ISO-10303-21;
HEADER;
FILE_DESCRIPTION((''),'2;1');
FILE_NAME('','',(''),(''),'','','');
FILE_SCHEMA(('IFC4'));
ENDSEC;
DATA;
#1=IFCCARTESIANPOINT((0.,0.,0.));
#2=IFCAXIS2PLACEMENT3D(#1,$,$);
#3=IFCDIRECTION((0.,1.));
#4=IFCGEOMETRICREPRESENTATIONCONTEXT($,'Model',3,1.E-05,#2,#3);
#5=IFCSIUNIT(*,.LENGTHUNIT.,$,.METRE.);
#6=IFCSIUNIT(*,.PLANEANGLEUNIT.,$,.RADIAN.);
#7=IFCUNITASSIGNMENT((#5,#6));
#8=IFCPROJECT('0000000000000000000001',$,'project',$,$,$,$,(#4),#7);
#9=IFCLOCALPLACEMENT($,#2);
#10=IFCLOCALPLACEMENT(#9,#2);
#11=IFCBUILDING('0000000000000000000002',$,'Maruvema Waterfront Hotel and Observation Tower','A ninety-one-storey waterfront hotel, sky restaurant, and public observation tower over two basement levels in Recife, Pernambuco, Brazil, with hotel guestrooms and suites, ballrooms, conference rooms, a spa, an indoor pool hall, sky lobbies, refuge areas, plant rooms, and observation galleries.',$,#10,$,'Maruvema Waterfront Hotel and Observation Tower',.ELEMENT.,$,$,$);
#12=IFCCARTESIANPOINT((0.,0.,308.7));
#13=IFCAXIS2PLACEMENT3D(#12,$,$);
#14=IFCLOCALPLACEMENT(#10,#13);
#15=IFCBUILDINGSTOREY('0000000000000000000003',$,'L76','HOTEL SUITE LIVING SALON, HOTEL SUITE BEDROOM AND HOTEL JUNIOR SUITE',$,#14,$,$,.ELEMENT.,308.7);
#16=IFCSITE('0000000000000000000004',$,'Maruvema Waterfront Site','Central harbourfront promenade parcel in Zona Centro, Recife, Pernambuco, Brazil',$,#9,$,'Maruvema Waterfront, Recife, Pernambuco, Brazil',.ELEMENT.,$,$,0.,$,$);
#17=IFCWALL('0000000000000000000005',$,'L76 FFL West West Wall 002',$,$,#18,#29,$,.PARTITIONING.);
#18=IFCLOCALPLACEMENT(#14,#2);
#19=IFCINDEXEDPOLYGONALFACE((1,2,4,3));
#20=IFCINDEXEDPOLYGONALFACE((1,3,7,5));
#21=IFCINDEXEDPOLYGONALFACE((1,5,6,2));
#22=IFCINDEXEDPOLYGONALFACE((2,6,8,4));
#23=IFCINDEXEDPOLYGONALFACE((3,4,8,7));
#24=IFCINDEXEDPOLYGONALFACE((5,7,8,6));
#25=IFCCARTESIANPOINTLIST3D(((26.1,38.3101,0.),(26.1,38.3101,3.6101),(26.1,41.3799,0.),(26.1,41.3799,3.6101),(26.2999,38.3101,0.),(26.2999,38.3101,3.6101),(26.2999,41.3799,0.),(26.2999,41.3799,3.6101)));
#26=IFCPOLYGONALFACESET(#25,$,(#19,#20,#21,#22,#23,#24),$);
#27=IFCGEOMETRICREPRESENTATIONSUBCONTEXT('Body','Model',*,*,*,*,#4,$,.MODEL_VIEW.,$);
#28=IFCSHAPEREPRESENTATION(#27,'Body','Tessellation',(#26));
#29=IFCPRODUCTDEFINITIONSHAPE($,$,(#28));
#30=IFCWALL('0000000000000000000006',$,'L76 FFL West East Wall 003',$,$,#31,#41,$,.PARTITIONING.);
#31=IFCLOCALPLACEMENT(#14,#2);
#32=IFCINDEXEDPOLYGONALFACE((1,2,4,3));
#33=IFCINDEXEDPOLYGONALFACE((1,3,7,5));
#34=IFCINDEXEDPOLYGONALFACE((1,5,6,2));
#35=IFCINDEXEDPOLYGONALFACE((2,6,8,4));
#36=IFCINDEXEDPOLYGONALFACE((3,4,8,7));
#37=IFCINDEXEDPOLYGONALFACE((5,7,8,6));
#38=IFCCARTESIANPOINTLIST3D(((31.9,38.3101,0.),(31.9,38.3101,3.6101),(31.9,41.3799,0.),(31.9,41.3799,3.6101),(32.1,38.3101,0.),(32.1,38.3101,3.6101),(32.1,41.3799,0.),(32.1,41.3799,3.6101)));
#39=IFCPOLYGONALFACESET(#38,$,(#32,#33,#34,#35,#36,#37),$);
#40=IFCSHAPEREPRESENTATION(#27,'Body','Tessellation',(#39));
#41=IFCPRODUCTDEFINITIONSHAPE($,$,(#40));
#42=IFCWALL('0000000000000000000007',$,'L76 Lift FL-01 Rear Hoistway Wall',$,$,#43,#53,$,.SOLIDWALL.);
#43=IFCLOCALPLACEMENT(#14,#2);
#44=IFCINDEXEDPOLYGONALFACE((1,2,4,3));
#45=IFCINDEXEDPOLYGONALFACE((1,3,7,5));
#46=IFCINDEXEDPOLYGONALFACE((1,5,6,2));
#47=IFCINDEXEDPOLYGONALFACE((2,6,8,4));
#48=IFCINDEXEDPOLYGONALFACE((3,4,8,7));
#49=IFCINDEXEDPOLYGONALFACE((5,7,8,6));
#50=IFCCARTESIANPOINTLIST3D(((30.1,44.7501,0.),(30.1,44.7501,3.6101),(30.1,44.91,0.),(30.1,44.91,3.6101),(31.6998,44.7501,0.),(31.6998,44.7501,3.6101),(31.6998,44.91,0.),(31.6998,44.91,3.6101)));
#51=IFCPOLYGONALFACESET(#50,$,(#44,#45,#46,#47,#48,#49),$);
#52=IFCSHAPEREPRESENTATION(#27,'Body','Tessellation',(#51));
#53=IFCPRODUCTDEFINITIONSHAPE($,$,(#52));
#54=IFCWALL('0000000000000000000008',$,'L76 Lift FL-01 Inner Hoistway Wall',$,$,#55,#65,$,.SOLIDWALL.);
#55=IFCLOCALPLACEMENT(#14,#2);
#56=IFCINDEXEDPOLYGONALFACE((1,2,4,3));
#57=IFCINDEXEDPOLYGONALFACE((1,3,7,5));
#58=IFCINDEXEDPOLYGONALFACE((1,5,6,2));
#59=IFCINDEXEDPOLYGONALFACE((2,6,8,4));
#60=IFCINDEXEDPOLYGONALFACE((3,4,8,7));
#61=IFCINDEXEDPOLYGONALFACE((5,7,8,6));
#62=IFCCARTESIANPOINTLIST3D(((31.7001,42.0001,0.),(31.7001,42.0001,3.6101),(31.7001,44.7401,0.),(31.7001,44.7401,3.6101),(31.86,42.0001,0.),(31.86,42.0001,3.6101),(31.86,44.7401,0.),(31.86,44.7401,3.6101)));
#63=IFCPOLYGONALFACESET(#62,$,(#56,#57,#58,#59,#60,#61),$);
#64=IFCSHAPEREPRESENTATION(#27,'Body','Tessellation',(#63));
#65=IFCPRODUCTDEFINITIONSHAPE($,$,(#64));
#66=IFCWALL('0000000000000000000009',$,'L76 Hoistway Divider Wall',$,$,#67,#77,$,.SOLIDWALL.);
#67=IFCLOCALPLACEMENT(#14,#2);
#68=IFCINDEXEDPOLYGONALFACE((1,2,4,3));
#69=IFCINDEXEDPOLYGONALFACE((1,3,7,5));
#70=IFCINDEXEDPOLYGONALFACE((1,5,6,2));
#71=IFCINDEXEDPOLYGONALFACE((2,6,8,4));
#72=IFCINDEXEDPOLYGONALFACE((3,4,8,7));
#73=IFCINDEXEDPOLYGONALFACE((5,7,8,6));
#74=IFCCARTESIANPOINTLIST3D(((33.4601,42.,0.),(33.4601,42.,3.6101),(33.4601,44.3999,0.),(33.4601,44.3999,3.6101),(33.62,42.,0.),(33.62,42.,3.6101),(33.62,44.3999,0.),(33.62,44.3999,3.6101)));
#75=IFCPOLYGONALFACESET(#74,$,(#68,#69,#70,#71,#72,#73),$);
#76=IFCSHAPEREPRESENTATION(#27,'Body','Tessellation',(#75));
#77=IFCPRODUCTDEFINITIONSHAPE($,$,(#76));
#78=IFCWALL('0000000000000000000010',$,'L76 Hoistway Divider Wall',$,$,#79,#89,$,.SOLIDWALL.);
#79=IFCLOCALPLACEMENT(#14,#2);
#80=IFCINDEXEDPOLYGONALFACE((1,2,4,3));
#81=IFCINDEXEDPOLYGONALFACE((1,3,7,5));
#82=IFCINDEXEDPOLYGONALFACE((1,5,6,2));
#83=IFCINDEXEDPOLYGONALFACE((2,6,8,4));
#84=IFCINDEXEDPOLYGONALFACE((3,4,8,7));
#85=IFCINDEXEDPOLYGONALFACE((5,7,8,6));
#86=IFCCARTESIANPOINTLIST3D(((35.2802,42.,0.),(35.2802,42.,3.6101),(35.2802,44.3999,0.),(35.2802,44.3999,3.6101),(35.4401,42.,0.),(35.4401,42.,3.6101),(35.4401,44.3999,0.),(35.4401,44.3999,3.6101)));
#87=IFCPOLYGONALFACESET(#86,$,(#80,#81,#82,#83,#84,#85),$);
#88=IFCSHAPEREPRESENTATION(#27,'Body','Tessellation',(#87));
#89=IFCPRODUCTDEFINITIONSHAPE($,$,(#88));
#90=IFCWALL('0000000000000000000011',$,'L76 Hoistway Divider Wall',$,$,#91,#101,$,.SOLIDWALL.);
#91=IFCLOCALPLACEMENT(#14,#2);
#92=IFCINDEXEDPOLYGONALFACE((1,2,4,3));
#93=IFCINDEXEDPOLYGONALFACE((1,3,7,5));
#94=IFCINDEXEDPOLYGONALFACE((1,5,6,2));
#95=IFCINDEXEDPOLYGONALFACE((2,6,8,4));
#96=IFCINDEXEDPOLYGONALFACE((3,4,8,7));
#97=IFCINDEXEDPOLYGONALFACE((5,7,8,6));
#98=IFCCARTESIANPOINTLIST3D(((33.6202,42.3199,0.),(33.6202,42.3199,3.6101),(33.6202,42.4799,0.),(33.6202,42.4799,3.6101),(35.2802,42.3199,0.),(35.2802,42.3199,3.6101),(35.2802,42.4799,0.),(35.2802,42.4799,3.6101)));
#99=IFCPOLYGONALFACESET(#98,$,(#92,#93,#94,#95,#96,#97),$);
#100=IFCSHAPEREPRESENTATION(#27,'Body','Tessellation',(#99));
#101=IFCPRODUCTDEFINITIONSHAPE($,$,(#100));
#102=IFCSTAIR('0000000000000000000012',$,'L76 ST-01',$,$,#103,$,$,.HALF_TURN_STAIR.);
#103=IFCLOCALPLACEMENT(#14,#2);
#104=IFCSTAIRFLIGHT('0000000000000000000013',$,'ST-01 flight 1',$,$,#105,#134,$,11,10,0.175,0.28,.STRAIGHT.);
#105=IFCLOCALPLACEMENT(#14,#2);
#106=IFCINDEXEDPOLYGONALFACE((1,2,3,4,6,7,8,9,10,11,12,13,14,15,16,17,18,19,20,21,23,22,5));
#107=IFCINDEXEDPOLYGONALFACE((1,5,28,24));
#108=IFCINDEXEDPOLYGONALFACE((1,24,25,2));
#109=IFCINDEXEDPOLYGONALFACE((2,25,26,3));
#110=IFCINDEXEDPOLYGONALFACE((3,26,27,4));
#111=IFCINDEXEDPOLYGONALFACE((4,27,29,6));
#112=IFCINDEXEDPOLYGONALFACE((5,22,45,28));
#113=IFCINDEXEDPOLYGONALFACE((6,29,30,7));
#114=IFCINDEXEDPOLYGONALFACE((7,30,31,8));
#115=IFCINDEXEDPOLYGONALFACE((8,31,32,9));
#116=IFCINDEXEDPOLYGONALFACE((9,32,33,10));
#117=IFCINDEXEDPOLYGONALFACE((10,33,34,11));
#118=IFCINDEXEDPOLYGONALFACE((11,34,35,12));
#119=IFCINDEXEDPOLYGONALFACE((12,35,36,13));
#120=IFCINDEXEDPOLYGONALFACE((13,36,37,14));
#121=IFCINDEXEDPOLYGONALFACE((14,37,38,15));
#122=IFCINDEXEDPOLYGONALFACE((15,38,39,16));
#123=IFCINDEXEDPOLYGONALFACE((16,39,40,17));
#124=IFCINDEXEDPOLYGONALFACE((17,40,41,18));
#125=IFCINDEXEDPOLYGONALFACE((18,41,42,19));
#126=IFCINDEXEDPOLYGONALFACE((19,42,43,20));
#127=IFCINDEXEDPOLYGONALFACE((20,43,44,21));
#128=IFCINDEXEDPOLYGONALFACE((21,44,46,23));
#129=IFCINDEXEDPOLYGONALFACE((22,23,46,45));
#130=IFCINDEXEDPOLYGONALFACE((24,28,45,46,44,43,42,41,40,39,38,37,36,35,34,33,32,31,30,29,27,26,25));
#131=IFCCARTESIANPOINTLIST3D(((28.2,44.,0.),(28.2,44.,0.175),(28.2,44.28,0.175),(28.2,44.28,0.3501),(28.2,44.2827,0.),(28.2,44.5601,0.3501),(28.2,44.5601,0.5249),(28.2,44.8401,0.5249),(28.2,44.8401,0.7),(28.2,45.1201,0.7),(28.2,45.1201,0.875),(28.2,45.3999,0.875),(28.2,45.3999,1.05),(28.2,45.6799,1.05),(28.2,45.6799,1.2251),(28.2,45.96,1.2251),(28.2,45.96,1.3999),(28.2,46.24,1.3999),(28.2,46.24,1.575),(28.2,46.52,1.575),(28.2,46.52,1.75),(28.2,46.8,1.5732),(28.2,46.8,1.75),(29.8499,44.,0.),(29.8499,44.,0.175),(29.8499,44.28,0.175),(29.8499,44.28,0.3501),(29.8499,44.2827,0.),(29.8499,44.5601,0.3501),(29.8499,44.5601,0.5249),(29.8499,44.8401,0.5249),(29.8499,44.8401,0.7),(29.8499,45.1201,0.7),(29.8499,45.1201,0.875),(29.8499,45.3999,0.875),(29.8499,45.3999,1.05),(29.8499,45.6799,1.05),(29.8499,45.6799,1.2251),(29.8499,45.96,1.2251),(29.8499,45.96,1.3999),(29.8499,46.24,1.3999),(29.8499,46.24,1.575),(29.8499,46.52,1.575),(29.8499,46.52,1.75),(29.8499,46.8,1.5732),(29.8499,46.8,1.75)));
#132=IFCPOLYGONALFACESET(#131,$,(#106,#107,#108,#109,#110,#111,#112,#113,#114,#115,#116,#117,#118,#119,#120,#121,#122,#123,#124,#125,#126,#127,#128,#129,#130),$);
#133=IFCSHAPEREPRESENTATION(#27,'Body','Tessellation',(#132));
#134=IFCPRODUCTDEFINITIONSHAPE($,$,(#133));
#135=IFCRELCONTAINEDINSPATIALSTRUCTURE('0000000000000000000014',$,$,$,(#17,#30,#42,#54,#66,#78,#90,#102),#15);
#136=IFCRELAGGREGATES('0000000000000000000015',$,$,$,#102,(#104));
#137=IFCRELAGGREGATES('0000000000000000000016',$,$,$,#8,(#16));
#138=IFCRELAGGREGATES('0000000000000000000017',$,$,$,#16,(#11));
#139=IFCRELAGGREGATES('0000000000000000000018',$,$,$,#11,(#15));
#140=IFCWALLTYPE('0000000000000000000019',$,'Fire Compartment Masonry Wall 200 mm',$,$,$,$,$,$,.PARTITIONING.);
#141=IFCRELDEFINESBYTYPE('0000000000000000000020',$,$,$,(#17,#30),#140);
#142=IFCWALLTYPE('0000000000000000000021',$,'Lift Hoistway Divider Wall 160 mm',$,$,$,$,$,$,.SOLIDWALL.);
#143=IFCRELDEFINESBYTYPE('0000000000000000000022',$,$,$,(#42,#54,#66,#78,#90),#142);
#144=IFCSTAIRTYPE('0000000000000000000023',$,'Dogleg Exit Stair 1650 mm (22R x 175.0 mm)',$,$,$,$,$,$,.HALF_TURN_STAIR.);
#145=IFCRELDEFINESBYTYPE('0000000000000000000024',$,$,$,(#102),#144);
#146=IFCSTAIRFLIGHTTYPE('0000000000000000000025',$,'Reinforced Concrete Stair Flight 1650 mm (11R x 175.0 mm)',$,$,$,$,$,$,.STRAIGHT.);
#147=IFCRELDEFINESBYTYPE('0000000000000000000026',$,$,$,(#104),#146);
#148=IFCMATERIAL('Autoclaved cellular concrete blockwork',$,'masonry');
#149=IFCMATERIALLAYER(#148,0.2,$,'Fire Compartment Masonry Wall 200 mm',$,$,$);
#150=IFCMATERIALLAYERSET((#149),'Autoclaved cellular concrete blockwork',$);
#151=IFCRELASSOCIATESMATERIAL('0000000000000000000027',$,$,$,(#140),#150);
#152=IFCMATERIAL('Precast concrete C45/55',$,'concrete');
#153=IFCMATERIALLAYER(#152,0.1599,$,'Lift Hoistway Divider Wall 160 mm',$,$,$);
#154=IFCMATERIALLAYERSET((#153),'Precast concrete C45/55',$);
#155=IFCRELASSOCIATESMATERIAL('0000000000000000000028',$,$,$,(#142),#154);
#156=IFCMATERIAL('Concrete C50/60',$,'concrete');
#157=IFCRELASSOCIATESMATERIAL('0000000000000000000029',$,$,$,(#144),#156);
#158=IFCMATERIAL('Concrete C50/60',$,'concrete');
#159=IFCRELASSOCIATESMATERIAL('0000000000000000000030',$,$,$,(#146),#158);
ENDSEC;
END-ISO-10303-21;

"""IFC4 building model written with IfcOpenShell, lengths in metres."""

from ifc_helpers import new_model, si_unit, direction, frame, frame_2d, origin, place, context, subcontext, project, spatial, polyline, rectangle, outline, extrude, material, layer, layer_set, type_object, element, aggregate, save


model = new_model("IFC4")

# Units and contexts
model_context = context("Model", 3, precision=1e-05, world=origin(), true_north=direction((0.0, 1.0)))
body_context = subcontext(model_context, "Body", "Model", "MODEL_VIEW")
ifc_project = project(units=[si_unit("LENGTHUNIT", "METRE"), si_unit("PLANEANGLEUNIT", "RADIAN")], contexts=[model_context])

# Site, building, storey
site_placement = place(None, origin())
site = spatial("IfcSite", under=ifc_project, at=site_placement, Name="Maruvema Waterfront Site", Description="Central harbourfront promenade parcel in Zona Centro, Recife, Pernambuco, Brazil", LongName="Maruvema Waterfront, Recife, Pernambuco, Brazil", CompositionType="ELEMENT", RefElevation=0.0)
building_placement = place(site_placement, origin())
building = spatial("IfcBuilding", under=site, at=building_placement, Name="Maruvema Waterfront Hotel and Observation Tower", Description="A ninety-one-storey waterfront hotel, sky restaurant, and public observation tower over two basement levels in Recife, Pernambuco, Brazil, with hotel guestrooms and suites, ballrooms, conference rooms, a spa, an indoor pool hall, sky lobbies, refuge areas, plant rooms, and observation galleries.", LongName="Maruvema Waterfront Hotel and Observation Tower", CompositionType="ELEMENT")
storey_placement = place(building_placement, frame((0.0, 0.0, 308.7)))
storey = spatial("IfcBuildingStorey", under=building, at=storey_placement, Name="L76", Description="HOTEL SUITE LIVING SALON, HOTEL SUITE BEDROOM AND HOTEL JUNIOR SUITE", CompositionType="ELEMENT", Elevation=308.7)

# Shared definitions
ifc_material_1 = material(Name="Autoclaved cellular concrete blockwork", Category="masonry")
ifc_layer_1 = layer(ifc_material_1, 0.2, Name="Fire Compartment Masonry Wall 200 mm")
ifc_layer_set_1 = layer_set([ifc_layer_1], Name="Autoclaved cellular concrete blockwork")
wall_type_1 = type_object("IfcWallType", Name="Fire Compartment Masonry Wall 200 mm", PredefinedType="PARTITIONING", material=ifc_layer_set_1)

# Walls
for number, where, z_axis, x_axis, name in (
    (1, (26.2, 38.3101, 0.0), (0.0, 0.0, 1.0), (0.0, 1.0, 0.0), "L76 FFL West West Wall 002"),
    (2, (32.0, 38.3101, 0.0), (0.0, 0.0, 1.0), (0.0, 1.0, 0.0), "L76 FFL West East Wall 003"),
):
    element("IfcWall", number, at=place(storey_placement, frame(where, z_axis=z_axis, x_axis=x_axis)), inside=storey, type_object=wall_type_1, Name=name, PredefinedType="PARTITIONING", context=body_context, shape_type="SweptSolid", body=[
        extrude(rectangle(XDim=3.0698, YDim=0.2, at=frame_2d((1.5349, 0.0))), origin(), (0.0, 0.0, 1.0), 3.6101),
    ])
ifc_material_2 = material(Name="Precast concrete C45/55", Category="concrete")
ifc_layer_2 = layer(ifc_material_2, 0.1599, Name="Lift Hoistway Divider Wall 160 mm")
ifc_layer_set_2 = layer_set([ifc_layer_2], Name="Precast concrete C45/55")
wall_type_2 = type_object("IfcWallType", Name="Lift Hoistway Divider Wall 160 mm", PredefinedType="SOLIDWALL", material=ifc_layer_set_2)
wall_1_placement = place(storey_placement, frame((30.1001, 44.8301, 0.0), z_axis=(0.0, 0.0, 1.0), x_axis=(1.0, 0.0, 0.0)))
element("IfcWall", 3, at=wall_1_placement, inside=storey, type_object=wall_type_2, Name="L76 Lift FL-01 Rear Hoistway Wall", PredefinedType="SOLIDWALL", context=body_context, shape_type="SweptSolid", body=[
    extrude(rectangle(XDim=1.5999, YDim=0.1599, at=frame_2d((0.7998, 0.0))), origin(), (0.0, 0.0, 1.0), 3.6101),
])
wall_2_placement = place(storey_placement, frame((31.78, 42.0, 0.0), z_axis=(0.0, 0.0, 1.0), x_axis=(0.0, 1.0, 0.0)))
element("IfcWall", 4, at=wall_2_placement, inside=storey, type_object=wall_type_2, Name="L76 Lift FL-01 Inner Hoistway Wall", PredefinedType="SOLIDWALL", context=body_context, shape_type="SweptSolid", body=[
    extrude(rectangle(XDim=2.74, YDim=0.1599, at=frame_2d((1.3701, 0.0))), origin(), (0.0, 0.0, 1.0), 3.6101),
])
for number, where, z_axis, x_axis, name in (
    (5, (33.54, 42.0, 0.0), (0.0, 0.0, 1.0), (0.0, 1.0, 0.0), "L76 Hoistway Divider Wall"),
    (6, (35.3601, 42.0, 0.0), (0.0, 0.0, 1.0), (0.0, 1.0, 0.0), "L76 Hoistway Divider Wall"),
):
    element("IfcWall", number, at=place(storey_placement, frame(where, z_axis=z_axis, x_axis=x_axis)), inside=storey, type_object=wall_type_2, Name=name, PredefinedType="SOLIDWALL", context=body_context, shape_type="SweptSolid", body=[
        extrude(rectangle(XDim=2.3999, YDim=0.1599, at=frame_2d((1.2, 0.0))), origin(), (0.0, 0.0, 1.0), 3.6101),
    ])
wall_3_placement = place(storey_placement, frame((33.6201, 42.3999, 0.0), z_axis=(0.0, 0.0, 1.0), x_axis=(1.0, 0.0, 0.0)))
element("IfcWall", 7, at=wall_3_placement, inside=storey, type_object=wall_type_2, Name="L76 Hoistway Divider Wall", PredefinedType="SOLIDWALL", context=body_context, shape_type="SweptSolid", body=[
    extrude(rectangle(XDim=1.6599, YDim=0.1599, at=frame_2d((0.8301, 0.0))), origin(), (0.0, 0.0, 1.0), 3.6101),
])

# Stair, stair flight
ifc_material_3 = material(Name="Concrete C50/60", Category="concrete")
stair_type = type_object("IfcStairType", Name="Dogleg Exit Stair 1650 mm (22R x 175.0 mm)", PredefinedType="HALF_TURN_STAIR", material=ifc_material_3)
stair_placement = place(storey_placement, origin())
stair = element("IfcStair", 8, at=stair_placement, inside=storey, type_object=stair_type, Name="L76 ST-01", PredefinedType="HALF_TURN_STAIR")
ifc_material_4 = material(Name="Concrete C50/60", Category="concrete")
stair_flight_type = type_object("IfcStairFlightType", Name="Reinforced Concrete Stair Flight 1650 mm (11R x 175.0 mm)", PredefinedType="STRAIGHT", material=ifc_material_4)
stair_flight_placement = place(storey_placement, frame((29.0249, 44.0, 0.0), z_axis=(0.0, 0.0, 1.0), x_axis=(0.0, 1.0, 0.0)))
stair_flight = element("IfcStairFlight", 9, at=stair_flight_placement, type_object=stair_flight_type, Name="ST-01 flight 1", NumberOfRisers=11, NumberOfTreads=10, PredefinedType="STRAIGHT", RiserHeight=0.175, TreadLength=0.28, context=body_context, shape_type="SweptSolid", body=[
    extrude(outline(polyline([(0.0, 0.0), (0.0, 0.175), (0.28, 0.175), (0.28, 0.3501), (0.5601, 0.3501), (0.5601, 0.5249), (0.8401, 0.5249), (0.8401, 0.7), (1.1201, 0.7), (1.1201, 0.875), (1.3999, 0.875), (1.3999, 1.05), (1.6799, 1.05), (1.6799, 1.2251), (1.96, 1.2251), (1.96, 1.3999), (2.24, 1.3999), (2.24, 1.575), (2.52, 1.575), (2.52, 1.75), (2.8, 1.75), (2.8, 1.925), (2.8, 1.5732), (0.2827, 0.0), (0.0, 0.0)])), frame((0.0, 0.825, 0.0), z_axis=(0.0, -1.0, 0.0), x_axis=(1.0, 0.0, 0.0)), (0.0, 0.0, 1.0), 1.6499),
])
aggregate(stair, [stair_flight])

save(model, "model.ifc")
